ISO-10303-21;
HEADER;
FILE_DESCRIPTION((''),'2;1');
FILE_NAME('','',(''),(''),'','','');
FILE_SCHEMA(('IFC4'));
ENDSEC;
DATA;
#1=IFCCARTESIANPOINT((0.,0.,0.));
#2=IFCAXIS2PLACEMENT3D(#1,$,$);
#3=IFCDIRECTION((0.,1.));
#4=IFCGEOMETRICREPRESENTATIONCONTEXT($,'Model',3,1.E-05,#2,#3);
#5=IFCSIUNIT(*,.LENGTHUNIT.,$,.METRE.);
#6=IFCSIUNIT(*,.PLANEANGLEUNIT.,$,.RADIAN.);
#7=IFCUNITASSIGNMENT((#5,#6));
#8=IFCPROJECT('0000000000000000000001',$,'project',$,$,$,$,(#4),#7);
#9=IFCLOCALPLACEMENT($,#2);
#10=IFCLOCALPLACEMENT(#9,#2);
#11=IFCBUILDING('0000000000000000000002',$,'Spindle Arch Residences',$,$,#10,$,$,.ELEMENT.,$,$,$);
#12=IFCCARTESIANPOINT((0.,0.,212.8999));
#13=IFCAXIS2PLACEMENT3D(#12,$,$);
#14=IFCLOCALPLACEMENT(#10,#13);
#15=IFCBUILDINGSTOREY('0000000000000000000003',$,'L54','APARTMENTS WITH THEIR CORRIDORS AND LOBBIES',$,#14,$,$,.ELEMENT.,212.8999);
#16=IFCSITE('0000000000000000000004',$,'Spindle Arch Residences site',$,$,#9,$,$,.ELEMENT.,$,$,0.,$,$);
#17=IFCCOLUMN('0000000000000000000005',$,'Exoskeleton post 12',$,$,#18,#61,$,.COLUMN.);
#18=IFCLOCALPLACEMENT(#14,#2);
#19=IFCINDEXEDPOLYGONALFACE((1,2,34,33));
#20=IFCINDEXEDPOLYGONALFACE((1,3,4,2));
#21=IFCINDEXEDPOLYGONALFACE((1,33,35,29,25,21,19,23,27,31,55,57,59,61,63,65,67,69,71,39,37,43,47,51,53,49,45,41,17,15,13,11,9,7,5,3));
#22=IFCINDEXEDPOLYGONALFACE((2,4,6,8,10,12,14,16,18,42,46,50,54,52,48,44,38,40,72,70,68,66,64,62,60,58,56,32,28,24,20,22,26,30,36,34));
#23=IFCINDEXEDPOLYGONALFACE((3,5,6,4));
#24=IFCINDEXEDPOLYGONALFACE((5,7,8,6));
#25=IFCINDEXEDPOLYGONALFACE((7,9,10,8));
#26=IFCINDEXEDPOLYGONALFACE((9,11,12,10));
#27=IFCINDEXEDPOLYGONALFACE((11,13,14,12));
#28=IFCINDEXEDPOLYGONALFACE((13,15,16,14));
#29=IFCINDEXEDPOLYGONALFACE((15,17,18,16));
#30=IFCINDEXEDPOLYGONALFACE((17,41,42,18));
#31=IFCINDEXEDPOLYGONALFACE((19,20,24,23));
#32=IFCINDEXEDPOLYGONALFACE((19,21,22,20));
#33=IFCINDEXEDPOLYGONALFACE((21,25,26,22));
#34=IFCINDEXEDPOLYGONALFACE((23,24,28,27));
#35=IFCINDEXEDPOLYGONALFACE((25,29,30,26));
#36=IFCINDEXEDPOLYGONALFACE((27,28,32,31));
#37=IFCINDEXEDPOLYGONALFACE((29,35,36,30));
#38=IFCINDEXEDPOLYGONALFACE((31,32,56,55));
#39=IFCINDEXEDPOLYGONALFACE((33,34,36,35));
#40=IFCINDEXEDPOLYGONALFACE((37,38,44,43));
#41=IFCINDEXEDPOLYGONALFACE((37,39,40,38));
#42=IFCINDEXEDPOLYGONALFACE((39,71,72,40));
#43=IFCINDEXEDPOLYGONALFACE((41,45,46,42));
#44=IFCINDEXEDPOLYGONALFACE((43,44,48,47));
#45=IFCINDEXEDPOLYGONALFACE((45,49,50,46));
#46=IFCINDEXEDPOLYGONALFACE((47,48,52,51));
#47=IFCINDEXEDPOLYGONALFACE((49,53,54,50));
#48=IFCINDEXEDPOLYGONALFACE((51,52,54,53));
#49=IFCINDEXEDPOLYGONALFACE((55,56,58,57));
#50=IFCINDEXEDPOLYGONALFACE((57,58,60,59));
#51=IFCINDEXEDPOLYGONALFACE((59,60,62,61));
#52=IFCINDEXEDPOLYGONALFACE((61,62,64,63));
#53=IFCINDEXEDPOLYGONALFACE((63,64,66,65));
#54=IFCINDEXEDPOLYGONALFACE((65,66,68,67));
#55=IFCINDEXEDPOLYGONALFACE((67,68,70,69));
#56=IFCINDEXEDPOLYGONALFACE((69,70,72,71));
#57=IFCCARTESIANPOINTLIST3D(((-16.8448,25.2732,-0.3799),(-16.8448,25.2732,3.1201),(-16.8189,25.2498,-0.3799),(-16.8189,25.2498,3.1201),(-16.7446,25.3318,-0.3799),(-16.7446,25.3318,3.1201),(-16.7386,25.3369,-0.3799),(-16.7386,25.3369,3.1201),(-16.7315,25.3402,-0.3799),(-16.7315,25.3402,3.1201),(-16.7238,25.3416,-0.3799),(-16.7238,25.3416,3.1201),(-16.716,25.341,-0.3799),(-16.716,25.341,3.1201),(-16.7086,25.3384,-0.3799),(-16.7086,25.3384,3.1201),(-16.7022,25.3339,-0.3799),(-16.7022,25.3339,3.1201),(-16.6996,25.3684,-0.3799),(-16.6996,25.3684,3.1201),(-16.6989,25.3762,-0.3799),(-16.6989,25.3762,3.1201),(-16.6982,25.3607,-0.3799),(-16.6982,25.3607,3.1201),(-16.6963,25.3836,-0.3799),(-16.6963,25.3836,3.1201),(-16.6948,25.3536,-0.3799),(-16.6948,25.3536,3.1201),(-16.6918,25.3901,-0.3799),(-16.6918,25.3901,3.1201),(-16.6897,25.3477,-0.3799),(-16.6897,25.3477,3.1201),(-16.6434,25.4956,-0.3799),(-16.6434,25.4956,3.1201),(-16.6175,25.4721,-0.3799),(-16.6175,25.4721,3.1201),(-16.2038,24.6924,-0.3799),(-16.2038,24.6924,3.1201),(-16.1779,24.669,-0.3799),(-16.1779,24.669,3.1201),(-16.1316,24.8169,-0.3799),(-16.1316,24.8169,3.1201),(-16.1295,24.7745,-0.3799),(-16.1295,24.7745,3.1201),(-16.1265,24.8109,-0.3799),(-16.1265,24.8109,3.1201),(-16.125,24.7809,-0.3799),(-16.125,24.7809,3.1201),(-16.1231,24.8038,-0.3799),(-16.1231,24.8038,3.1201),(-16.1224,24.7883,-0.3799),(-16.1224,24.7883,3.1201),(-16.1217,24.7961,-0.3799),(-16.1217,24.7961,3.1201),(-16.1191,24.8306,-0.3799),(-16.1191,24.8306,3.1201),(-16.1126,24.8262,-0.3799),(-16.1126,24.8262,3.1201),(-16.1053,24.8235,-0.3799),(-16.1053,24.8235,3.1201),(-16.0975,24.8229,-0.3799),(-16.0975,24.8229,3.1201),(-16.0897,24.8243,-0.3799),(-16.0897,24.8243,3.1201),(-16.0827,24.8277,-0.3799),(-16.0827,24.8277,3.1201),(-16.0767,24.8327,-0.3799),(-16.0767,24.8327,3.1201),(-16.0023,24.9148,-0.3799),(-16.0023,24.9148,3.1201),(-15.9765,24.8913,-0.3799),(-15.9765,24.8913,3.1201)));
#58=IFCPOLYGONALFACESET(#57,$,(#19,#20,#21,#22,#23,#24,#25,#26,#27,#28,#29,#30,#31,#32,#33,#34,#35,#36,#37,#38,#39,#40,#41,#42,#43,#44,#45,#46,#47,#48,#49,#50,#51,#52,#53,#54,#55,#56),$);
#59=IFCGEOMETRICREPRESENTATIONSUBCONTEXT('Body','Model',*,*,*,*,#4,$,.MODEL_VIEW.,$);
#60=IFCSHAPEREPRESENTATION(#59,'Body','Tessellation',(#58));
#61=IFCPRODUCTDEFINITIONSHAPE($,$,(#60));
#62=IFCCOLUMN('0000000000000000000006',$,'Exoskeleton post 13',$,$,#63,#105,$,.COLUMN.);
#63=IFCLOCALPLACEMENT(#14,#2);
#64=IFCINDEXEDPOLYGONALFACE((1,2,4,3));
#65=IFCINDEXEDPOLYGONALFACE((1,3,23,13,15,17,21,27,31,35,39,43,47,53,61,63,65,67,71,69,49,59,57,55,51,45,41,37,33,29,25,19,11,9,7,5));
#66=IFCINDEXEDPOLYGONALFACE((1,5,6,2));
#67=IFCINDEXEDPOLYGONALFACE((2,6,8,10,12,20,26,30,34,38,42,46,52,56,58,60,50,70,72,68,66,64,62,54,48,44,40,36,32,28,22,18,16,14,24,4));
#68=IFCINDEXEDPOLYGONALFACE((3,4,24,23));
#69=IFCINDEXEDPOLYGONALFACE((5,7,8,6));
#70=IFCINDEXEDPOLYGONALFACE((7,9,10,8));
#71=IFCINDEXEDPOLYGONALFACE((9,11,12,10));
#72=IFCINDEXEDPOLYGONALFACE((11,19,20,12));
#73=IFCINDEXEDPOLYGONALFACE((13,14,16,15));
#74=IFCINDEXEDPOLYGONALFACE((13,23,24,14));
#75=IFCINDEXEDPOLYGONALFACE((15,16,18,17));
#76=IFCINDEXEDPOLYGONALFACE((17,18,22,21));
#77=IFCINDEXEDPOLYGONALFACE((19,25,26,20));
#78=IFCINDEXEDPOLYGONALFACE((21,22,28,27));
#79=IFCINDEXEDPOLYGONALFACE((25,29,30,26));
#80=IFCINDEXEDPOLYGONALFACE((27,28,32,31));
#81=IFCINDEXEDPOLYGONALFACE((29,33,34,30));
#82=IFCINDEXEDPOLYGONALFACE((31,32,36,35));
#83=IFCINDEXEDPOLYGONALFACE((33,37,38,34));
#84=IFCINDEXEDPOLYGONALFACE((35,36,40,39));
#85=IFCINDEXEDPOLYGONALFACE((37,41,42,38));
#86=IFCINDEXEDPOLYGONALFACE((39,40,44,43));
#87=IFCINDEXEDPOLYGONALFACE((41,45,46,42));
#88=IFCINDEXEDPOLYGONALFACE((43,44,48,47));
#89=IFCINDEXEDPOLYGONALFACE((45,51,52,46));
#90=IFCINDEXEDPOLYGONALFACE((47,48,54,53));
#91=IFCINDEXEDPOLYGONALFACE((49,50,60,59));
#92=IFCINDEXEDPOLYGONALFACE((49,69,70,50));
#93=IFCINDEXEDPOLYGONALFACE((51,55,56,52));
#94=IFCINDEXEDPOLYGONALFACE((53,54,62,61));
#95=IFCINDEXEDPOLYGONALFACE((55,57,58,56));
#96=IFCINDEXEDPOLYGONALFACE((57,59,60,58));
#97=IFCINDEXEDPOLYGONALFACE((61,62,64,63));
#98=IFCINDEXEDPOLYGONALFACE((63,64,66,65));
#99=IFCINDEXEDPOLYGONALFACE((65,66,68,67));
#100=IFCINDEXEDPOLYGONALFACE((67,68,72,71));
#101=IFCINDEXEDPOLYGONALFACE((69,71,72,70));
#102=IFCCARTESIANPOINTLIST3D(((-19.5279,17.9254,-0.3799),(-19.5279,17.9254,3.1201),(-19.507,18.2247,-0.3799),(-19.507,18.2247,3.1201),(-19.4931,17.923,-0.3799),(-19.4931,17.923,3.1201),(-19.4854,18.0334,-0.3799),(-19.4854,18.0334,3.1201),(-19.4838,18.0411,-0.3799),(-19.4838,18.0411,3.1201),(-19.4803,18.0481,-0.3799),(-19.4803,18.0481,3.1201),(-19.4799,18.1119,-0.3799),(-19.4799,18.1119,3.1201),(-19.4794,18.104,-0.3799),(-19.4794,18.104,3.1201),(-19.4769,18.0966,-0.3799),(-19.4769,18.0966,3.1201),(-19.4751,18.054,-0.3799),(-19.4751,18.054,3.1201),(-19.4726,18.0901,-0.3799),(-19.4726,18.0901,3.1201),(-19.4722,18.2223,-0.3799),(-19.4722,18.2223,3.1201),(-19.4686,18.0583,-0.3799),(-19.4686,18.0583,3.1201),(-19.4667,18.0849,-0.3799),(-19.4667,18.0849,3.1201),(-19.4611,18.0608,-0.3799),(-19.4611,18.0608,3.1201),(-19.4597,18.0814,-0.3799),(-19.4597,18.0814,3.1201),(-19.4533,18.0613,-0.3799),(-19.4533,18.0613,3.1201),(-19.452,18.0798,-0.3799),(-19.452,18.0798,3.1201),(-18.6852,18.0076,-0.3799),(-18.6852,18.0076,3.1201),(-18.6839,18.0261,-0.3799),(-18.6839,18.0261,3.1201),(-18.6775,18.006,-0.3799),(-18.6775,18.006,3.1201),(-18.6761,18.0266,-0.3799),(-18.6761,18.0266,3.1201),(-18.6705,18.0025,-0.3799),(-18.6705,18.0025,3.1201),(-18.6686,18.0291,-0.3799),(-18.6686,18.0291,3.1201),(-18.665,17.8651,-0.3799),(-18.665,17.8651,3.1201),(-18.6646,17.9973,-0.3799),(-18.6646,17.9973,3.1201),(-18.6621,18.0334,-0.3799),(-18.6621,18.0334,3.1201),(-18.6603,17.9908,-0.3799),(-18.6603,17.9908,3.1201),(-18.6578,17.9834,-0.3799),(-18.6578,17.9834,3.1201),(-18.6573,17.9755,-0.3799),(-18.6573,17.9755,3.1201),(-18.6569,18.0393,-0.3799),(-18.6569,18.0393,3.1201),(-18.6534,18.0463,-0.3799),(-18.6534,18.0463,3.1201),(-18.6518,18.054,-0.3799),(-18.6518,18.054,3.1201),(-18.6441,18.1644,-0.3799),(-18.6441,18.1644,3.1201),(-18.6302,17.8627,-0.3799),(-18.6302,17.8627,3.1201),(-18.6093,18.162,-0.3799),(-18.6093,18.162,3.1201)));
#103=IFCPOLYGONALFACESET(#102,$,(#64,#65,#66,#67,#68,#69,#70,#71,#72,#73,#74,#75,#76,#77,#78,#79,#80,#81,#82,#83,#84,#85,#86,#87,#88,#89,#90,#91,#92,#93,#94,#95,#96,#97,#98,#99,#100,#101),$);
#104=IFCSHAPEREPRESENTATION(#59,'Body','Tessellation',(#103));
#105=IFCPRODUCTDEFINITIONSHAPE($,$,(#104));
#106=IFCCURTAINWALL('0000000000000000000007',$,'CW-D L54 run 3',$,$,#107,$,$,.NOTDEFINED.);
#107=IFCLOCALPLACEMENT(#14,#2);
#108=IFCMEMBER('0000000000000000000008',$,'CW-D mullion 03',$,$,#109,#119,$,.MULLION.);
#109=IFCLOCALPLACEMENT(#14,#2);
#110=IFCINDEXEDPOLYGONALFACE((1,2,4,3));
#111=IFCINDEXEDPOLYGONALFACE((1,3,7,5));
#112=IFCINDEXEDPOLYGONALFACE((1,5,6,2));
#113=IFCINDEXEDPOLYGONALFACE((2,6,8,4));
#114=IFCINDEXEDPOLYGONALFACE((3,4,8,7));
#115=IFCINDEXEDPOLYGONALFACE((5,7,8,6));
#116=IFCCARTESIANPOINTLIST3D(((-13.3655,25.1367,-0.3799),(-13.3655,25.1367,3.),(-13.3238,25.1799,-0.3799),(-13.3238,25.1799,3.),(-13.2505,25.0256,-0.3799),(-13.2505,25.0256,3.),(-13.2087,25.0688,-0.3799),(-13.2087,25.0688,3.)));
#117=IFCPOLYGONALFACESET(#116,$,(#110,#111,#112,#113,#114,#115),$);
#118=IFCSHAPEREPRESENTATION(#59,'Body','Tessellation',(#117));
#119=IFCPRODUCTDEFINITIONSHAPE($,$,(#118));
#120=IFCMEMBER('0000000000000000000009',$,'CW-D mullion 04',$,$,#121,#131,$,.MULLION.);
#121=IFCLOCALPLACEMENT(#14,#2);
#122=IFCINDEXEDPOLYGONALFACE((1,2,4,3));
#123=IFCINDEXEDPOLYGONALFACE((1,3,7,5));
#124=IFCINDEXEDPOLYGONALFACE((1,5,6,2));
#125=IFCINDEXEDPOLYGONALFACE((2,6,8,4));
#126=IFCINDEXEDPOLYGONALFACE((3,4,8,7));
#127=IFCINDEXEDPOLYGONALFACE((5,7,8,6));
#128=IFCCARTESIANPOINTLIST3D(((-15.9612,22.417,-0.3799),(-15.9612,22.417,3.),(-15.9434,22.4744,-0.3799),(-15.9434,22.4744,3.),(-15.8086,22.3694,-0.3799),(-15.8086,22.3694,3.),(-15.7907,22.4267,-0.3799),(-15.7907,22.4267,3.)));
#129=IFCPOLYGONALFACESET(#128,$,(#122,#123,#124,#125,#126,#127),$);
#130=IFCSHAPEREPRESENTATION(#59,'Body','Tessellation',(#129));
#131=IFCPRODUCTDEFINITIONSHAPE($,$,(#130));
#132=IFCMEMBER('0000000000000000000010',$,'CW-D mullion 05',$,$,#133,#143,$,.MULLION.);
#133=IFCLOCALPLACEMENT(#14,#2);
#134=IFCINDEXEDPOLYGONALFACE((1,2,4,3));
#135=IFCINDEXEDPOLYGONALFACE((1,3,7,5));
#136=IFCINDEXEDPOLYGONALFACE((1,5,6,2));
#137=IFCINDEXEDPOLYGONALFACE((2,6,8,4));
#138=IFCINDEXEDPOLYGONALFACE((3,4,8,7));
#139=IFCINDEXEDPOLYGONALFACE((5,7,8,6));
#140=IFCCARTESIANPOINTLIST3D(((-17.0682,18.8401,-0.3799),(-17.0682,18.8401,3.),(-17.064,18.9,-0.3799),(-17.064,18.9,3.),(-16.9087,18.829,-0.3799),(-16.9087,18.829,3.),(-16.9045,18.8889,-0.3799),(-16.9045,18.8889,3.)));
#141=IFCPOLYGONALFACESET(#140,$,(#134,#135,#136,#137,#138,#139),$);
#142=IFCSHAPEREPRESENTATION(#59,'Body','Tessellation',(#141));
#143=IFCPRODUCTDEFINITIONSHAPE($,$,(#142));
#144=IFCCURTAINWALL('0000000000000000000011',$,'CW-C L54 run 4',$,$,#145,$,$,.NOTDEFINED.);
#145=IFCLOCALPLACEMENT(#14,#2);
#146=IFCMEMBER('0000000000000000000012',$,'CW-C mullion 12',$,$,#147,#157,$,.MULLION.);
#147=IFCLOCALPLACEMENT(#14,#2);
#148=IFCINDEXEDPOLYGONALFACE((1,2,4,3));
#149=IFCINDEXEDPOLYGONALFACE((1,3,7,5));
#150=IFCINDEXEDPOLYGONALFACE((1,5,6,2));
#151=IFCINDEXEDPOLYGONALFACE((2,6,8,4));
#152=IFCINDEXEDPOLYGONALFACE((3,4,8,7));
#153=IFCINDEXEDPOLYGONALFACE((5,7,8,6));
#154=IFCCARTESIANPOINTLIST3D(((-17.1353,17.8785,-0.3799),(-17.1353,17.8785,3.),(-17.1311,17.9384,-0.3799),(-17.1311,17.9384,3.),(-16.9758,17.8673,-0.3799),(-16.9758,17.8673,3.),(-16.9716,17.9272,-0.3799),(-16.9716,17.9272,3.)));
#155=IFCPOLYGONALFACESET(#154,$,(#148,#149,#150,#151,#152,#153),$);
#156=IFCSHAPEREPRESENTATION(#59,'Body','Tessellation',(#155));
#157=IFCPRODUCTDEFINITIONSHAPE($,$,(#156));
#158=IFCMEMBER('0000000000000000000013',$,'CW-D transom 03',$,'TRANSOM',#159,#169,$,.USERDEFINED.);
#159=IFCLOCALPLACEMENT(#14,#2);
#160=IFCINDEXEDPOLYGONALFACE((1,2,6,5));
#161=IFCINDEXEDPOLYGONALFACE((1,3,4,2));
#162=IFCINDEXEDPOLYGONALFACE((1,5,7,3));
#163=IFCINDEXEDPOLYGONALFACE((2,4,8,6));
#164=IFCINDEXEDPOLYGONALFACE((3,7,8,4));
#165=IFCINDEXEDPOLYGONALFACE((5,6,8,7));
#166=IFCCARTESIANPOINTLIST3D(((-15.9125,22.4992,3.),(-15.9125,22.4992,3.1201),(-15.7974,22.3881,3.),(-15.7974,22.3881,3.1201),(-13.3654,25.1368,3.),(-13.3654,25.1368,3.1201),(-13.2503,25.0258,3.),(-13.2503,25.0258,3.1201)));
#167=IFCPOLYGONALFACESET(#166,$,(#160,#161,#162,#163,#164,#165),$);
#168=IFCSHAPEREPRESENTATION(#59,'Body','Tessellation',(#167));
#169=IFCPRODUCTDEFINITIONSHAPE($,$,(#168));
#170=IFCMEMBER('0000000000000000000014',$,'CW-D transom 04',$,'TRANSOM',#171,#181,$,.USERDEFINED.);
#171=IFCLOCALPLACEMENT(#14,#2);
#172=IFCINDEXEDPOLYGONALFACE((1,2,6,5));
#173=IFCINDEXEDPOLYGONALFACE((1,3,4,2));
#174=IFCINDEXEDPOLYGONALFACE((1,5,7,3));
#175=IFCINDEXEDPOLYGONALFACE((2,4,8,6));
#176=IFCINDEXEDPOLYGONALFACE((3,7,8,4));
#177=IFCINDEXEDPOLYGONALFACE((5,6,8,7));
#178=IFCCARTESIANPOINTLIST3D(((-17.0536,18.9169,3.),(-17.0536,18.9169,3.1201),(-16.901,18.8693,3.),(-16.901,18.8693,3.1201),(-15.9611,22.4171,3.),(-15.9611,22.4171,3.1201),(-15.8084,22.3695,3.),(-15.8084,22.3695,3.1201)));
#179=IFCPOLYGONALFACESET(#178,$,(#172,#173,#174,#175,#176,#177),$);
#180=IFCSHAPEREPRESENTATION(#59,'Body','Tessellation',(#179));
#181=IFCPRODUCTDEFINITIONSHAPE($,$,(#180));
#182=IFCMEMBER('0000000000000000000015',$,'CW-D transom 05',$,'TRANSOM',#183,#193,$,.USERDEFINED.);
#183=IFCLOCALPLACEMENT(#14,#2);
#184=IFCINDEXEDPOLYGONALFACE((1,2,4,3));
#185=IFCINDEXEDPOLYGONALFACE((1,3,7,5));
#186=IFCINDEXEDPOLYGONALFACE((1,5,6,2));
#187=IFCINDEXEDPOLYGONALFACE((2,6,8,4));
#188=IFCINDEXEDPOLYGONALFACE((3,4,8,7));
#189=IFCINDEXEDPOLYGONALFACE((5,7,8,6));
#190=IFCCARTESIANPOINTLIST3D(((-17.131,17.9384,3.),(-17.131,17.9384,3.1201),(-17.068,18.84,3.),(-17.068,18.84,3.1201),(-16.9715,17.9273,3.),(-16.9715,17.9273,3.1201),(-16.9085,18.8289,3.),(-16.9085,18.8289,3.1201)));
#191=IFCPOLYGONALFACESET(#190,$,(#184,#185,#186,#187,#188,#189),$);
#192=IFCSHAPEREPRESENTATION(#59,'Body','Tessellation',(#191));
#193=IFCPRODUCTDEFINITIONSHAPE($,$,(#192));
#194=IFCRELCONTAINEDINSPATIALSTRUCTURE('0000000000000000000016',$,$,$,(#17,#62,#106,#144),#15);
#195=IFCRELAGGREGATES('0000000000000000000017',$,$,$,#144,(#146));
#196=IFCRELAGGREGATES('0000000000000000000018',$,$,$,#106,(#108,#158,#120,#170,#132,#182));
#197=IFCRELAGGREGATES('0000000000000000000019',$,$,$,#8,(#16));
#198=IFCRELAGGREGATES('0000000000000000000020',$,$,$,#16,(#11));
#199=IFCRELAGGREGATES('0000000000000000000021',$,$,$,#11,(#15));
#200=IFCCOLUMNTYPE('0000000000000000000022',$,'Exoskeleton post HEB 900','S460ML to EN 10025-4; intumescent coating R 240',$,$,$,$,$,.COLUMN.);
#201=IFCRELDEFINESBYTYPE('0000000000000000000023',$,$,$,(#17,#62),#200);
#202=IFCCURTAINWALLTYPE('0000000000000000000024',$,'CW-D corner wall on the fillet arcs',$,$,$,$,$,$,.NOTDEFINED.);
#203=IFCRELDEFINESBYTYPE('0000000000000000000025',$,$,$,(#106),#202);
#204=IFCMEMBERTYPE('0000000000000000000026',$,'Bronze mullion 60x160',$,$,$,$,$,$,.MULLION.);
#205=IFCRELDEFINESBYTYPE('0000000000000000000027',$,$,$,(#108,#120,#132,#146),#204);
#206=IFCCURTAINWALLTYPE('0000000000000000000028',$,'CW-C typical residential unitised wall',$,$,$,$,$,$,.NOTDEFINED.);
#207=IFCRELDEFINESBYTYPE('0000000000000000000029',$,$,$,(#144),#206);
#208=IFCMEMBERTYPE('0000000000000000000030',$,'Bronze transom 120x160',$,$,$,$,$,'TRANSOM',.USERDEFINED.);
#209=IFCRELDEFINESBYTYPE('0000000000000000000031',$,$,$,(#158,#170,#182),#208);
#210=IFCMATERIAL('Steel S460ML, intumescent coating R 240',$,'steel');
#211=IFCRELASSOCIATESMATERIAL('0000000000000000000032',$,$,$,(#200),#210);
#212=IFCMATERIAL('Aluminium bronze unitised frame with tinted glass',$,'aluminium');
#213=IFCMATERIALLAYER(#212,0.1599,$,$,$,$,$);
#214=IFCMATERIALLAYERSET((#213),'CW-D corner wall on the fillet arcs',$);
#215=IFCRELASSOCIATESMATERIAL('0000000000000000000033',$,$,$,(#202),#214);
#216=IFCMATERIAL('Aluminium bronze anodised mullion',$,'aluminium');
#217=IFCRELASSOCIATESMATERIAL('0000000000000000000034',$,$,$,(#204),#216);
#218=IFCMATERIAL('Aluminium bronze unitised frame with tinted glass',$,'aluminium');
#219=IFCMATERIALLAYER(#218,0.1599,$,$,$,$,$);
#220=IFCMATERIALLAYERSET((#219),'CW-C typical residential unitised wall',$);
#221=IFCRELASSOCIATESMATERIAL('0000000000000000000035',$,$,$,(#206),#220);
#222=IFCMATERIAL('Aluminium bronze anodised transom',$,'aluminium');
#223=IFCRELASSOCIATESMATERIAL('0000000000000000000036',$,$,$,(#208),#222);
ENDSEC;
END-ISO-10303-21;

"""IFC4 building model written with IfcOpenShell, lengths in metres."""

from ifc_helpers import new_model, si_unit, direction, frame, origin, origin_2d, place, context, subcontext, project, spatial, rectangle, i_section, extrude, material, layer, layer_set, material_profile, profile_set, type_object, element, aggregate, save


model = new_model("IFC4")

# Units and contexts
model_context = context("Model", 3, precision=1e-05, world=origin(), true_north=direction((0.0, 1.0)))
body_context = subcontext(model_context, "Body", "Model", "MODEL_VIEW")
ifc_project = project(units=[si_unit("LENGTHUNIT", "METRE"), si_unit("PLANEANGLEUNIT", "RADIAN")], contexts=[model_context])

# Site, building, storey
site_placement = place(None, origin())
site = spatial("IfcSite", under=ifc_project, at=site_placement, Name="Spindle Arch Residences site", CompositionType="ELEMENT", RefElevation=0.0)
building_placement = place(site_placement, origin())
building = spatial("IfcBuilding", under=site, at=building_placement, Name="Spindle Arch Residences", CompositionType="ELEMENT")
storey_placement = place(building_placement, frame((0.0, 0.0, 212.8999)))
storey = spatial("IfcBuildingStorey", under=building, at=storey_placement, Name="L54", Description="APARTMENTS WITH THEIR CORRIDORS AND LOBBIES", CompositionType="ELEMENT", Elevation=212.8999)

# Columns
ifc_material_1 = material(Name="Steel S460ML, intumescent coating R 240", Category="steel")
ifc_material_profile_1 = material_profile(ifc_material_1, i_section(OverallWidth=0.3, OverallDepth=0.8999, WebThickness=0.0186, FlangeThickness=0.0349, FilletRadius=0.03, at=origin_2d()), Name="HEB 900")
ifc_profile_set_1 = profile_set([ifc_material_profile_1], Name="Steel S460ML, intumescent coating R 240")
column_type = type_object("IfcColumnType", Name="Exoskeleton post HEB 900", Description="S460ML to EN 10025-4; intumescent coating R 240", PredefinedType="COLUMN", material=ifc_profile_set_1)
for number, where, z_axis, x_axis, name in (
    (1, (-16.4106, 25.0823, -0.3799), (0.0, 0.0, 1.0), (0.671428, 0.74107, 0.0), "Exoskeleton post 12"),
    (2, (-19.0686, 18.0437, -0.3799), (0.0, 0.0, 1.0), (0.069756, 0.997564, 0.0), "Exoskeleton post 13"),
):
    element("IfcColumn", number, at=place(storey_placement, frame(where, z_axis=z_axis, x_axis=x_axis)), inside=storey, type_object=column_type, Name=name, PredefinedType="COLUMN", context=body_context, shape_type="SweptSolid", body=[
        extrude(i_section(OverallWidth=0.3, OverallDepth=0.8999, WebThickness=0.0186, FlangeThickness=0.0349, FilletRadius=0.03, at=origin_2d()), origin(), (0.0, 0.0, 1.0), 3.5),
    ])

# Curtain wall, members
ifc_material_2 = material(Name="Aluminium bronze unitised frame with tinted glass", Category="aluminium")
ifc_layer_1 = layer(ifc_material_2, 0.1599)
ifc_layer_set_1 = layer_set([ifc_layer_1], Name="CW-D corner wall on the fillet arcs")
curtain_wall_type_1 = type_object("IfcCurtainWallType", Name="CW-D corner wall on the fillet arcs", PredefinedType="NOTDEFINED", material=ifc_layer_set_1)
curtain_wall_1_placement = place(storey_placement, origin())
curtain_wall_1 = element("IfcCurtainWall", 3, at=curtain_wall_1_placement, inside=storey, type_object=curtain_wall_type_1, Name="CW-D L54 run 3", PredefinedType="NOTDEFINED")
ifc_material_3 = material(Name="Aluminium bronze anodised mullion", Category="aluminium")
ifc_material_profile_2 = material_profile(ifc_material_3, rectangle(XDim=0.1599, YDim=0.0601, at=origin_2d()), Name="MU 60x160")
ifc_profile_set_2 = profile_set([ifc_material_profile_2], Name="Aluminium bronze anodised mullion")
member_type_1 = type_object("IfcMemberType", Name="Bronze mullion 60x160", PredefinedType="MULLION", material=ifc_profile_set_2)
member_1_placement = place(storey_placement, frame((-13.2871, 25.1028, -0.3799), z_axis=(0.0, 0.0, 1.0), x_axis=(0.71934, -0.694658, 0.0)))
member_1 = element("IfcMember", 4, at=member_1_placement, type_object=member_type_1, Name="CW-D mullion 03", PredefinedType="MULLION", context=body_context, shape_type="SweptSolid", body=[
    extrude(rectangle(XDim=0.1599, YDim=0.0601, at=origin_2d()), origin(), (0.0, 0.0, 1.0), 3.3799),
])
member_2_placement = place(storey_placement, frame((-15.876, 22.4219, -0.3799), z_axis=(0.0, 0.0, 1.0), x_axis=(0.954588, -0.29793, 0.0)))
member_2 = element("IfcMember", 5, at=member_2_placement, type_object=member_type_1, Name="CW-D mullion 04", PredefinedType="MULLION", context=body_context, shape_type="SweptSolid", body=[
    extrude(rectangle(XDim=0.1599, YDim=0.0601, at=origin_2d()), origin(), (0.0, 0.0, 1.0), 3.3799),
])
member_3_placement = place(storey_placement, frame((-16.9863, 18.8645, -0.3799), z_axis=(0.0, 0.0, 1.0), x_axis=(0.997564, -0.069756, 0.0)))
member_3 = element("IfcMember", 6, at=member_3_placement, type_object=member_type_1, Name="CW-D mullion 05", PredefinedType="MULLION", context=body_context, shape_type="SweptSolid", body=[
    extrude(rectangle(XDim=0.1599, YDim=0.0601, at=origin_2d()), origin(), (0.0, 0.0, 1.0), 3.3799),
])

# Curtain wall, member
ifc_material_4 = material(Name="Aluminium bronze unitised frame with tinted glass", Category="aluminium")
ifc_layer_2 = layer(ifc_material_4, 0.1599)
ifc_layer_set_2 = layer_set([ifc_layer_2], Name="CW-C typical residential unitised wall")
curtain_wall_type_2 = type_object("IfcCurtainWallType", Name="CW-C typical residential unitised wall", PredefinedType="NOTDEFINED", material=ifc_layer_set_2)
curtain_wall_2_placement = place(storey_placement, origin())
curtain_wall_2 = element("IfcCurtainWall", 7, at=curtain_wall_2_placement, inside=storey, type_object=curtain_wall_type_2, Name="CW-C L54 run 4", PredefinedType="NOTDEFINED")
member_4_placement = place(storey_placement, frame((-17.0535, 17.9028, -0.3799), z_axis=(0.0, 0.0, 1.0), x_axis=(0.997564, -0.069756, 0.0)))
member_4 = element("IfcMember", 8, at=member_4_placement, type_object=member_type_1, Name="CW-C mullion 12", PredefinedType="MULLION", context=body_context, shape_type="SweptSolid", body=[
    extrude(rectangle(XDim=0.1599, YDim=0.0601, at=origin_2d()), origin(), (0.0, 0.0, 1.0), 3.3799),
])

# Members
ifc_material_5 = material(Name="Aluminium bronze anodised transom", Category="aluminium")
ifc_material_profile_3 = material_profile(ifc_material_5, rectangle(XDim=0.1599, YDim=0.1201, at=origin_2d()), Name="TR 120x160")
ifc_profile_set_3 = profile_set([ifc_material_profile_3], Name="Aluminium bronze anodised transom")
member_type_2 = type_object("IfcMemberType", Name="Bronze transom 120x160", ElementType="TRANSOM", PredefinedType="USERDEFINED", material=ifc_profile_set_3)
member_5_placement = place(storey_placement, frame((-13.3079, 25.0813, 3.0601), z_axis=(-0.694648, -0.71935, 0.0), x_axis=(0.71935, -0.694648, 0.0)))
member_5 = element("IfcMember", 9, at=member_5_placement, type_object=member_type_2, Name="CW-D transom 03", ObjectType="TRANSOM", PredefinedType="USERDEFINED", context=body_context, shape_type="SweptSolid", body=[
    extrude(rectangle(XDim=0.1599, YDim=0.1201, at=origin_2d()), origin(), (0.0, 0.0, 1.0), 3.6667),
])
member_6_placement = place(storey_placement, frame((-15.8848, 22.3933, 3.0601), z_axis=(-0.297953, -0.954581, 0.0), x_axis=(0.954581, -0.297953, 0.0)))
member_6 = element("IfcMember", 10, at=member_6_placement, type_object=member_type_2, Name="CW-D transom 04", ObjectType="TRANSOM", PredefinedType="USERDEFINED", context=body_context, shape_type="SweptSolid", body=[
    extrude(rectangle(XDim=0.1599, YDim=0.1201, at=origin_2d()), origin(), (0.0, 0.0, 1.0), 3.6667),
])
member_7_placement = place(storey_placement, frame((-16.9883, 18.8345, 3.0601), z_axis=(-0.069692, -0.997569, 0.0), x_axis=(0.997569, -0.069692, 0.0)))
member_7 = element("IfcMember", 11, at=member_7_placement, type_object=member_type_2, Name="CW-D transom 05", ObjectType="TRANSOM", PredefinedType="USERDEFINED", context=body_context, shape_type="SweptSolid", body=[
    extrude(rectangle(XDim=0.1599, YDim=0.1201, at=origin_2d()), origin(), (0.0, 0.0, 1.0), 0.9038),
])
aggregate(curtain_wall_2, [member_4])

aggregate(curtain_wall_1, [member_1, member_5, member_2, member_6, member_3, member_7])

save(model, "model.ifc")
